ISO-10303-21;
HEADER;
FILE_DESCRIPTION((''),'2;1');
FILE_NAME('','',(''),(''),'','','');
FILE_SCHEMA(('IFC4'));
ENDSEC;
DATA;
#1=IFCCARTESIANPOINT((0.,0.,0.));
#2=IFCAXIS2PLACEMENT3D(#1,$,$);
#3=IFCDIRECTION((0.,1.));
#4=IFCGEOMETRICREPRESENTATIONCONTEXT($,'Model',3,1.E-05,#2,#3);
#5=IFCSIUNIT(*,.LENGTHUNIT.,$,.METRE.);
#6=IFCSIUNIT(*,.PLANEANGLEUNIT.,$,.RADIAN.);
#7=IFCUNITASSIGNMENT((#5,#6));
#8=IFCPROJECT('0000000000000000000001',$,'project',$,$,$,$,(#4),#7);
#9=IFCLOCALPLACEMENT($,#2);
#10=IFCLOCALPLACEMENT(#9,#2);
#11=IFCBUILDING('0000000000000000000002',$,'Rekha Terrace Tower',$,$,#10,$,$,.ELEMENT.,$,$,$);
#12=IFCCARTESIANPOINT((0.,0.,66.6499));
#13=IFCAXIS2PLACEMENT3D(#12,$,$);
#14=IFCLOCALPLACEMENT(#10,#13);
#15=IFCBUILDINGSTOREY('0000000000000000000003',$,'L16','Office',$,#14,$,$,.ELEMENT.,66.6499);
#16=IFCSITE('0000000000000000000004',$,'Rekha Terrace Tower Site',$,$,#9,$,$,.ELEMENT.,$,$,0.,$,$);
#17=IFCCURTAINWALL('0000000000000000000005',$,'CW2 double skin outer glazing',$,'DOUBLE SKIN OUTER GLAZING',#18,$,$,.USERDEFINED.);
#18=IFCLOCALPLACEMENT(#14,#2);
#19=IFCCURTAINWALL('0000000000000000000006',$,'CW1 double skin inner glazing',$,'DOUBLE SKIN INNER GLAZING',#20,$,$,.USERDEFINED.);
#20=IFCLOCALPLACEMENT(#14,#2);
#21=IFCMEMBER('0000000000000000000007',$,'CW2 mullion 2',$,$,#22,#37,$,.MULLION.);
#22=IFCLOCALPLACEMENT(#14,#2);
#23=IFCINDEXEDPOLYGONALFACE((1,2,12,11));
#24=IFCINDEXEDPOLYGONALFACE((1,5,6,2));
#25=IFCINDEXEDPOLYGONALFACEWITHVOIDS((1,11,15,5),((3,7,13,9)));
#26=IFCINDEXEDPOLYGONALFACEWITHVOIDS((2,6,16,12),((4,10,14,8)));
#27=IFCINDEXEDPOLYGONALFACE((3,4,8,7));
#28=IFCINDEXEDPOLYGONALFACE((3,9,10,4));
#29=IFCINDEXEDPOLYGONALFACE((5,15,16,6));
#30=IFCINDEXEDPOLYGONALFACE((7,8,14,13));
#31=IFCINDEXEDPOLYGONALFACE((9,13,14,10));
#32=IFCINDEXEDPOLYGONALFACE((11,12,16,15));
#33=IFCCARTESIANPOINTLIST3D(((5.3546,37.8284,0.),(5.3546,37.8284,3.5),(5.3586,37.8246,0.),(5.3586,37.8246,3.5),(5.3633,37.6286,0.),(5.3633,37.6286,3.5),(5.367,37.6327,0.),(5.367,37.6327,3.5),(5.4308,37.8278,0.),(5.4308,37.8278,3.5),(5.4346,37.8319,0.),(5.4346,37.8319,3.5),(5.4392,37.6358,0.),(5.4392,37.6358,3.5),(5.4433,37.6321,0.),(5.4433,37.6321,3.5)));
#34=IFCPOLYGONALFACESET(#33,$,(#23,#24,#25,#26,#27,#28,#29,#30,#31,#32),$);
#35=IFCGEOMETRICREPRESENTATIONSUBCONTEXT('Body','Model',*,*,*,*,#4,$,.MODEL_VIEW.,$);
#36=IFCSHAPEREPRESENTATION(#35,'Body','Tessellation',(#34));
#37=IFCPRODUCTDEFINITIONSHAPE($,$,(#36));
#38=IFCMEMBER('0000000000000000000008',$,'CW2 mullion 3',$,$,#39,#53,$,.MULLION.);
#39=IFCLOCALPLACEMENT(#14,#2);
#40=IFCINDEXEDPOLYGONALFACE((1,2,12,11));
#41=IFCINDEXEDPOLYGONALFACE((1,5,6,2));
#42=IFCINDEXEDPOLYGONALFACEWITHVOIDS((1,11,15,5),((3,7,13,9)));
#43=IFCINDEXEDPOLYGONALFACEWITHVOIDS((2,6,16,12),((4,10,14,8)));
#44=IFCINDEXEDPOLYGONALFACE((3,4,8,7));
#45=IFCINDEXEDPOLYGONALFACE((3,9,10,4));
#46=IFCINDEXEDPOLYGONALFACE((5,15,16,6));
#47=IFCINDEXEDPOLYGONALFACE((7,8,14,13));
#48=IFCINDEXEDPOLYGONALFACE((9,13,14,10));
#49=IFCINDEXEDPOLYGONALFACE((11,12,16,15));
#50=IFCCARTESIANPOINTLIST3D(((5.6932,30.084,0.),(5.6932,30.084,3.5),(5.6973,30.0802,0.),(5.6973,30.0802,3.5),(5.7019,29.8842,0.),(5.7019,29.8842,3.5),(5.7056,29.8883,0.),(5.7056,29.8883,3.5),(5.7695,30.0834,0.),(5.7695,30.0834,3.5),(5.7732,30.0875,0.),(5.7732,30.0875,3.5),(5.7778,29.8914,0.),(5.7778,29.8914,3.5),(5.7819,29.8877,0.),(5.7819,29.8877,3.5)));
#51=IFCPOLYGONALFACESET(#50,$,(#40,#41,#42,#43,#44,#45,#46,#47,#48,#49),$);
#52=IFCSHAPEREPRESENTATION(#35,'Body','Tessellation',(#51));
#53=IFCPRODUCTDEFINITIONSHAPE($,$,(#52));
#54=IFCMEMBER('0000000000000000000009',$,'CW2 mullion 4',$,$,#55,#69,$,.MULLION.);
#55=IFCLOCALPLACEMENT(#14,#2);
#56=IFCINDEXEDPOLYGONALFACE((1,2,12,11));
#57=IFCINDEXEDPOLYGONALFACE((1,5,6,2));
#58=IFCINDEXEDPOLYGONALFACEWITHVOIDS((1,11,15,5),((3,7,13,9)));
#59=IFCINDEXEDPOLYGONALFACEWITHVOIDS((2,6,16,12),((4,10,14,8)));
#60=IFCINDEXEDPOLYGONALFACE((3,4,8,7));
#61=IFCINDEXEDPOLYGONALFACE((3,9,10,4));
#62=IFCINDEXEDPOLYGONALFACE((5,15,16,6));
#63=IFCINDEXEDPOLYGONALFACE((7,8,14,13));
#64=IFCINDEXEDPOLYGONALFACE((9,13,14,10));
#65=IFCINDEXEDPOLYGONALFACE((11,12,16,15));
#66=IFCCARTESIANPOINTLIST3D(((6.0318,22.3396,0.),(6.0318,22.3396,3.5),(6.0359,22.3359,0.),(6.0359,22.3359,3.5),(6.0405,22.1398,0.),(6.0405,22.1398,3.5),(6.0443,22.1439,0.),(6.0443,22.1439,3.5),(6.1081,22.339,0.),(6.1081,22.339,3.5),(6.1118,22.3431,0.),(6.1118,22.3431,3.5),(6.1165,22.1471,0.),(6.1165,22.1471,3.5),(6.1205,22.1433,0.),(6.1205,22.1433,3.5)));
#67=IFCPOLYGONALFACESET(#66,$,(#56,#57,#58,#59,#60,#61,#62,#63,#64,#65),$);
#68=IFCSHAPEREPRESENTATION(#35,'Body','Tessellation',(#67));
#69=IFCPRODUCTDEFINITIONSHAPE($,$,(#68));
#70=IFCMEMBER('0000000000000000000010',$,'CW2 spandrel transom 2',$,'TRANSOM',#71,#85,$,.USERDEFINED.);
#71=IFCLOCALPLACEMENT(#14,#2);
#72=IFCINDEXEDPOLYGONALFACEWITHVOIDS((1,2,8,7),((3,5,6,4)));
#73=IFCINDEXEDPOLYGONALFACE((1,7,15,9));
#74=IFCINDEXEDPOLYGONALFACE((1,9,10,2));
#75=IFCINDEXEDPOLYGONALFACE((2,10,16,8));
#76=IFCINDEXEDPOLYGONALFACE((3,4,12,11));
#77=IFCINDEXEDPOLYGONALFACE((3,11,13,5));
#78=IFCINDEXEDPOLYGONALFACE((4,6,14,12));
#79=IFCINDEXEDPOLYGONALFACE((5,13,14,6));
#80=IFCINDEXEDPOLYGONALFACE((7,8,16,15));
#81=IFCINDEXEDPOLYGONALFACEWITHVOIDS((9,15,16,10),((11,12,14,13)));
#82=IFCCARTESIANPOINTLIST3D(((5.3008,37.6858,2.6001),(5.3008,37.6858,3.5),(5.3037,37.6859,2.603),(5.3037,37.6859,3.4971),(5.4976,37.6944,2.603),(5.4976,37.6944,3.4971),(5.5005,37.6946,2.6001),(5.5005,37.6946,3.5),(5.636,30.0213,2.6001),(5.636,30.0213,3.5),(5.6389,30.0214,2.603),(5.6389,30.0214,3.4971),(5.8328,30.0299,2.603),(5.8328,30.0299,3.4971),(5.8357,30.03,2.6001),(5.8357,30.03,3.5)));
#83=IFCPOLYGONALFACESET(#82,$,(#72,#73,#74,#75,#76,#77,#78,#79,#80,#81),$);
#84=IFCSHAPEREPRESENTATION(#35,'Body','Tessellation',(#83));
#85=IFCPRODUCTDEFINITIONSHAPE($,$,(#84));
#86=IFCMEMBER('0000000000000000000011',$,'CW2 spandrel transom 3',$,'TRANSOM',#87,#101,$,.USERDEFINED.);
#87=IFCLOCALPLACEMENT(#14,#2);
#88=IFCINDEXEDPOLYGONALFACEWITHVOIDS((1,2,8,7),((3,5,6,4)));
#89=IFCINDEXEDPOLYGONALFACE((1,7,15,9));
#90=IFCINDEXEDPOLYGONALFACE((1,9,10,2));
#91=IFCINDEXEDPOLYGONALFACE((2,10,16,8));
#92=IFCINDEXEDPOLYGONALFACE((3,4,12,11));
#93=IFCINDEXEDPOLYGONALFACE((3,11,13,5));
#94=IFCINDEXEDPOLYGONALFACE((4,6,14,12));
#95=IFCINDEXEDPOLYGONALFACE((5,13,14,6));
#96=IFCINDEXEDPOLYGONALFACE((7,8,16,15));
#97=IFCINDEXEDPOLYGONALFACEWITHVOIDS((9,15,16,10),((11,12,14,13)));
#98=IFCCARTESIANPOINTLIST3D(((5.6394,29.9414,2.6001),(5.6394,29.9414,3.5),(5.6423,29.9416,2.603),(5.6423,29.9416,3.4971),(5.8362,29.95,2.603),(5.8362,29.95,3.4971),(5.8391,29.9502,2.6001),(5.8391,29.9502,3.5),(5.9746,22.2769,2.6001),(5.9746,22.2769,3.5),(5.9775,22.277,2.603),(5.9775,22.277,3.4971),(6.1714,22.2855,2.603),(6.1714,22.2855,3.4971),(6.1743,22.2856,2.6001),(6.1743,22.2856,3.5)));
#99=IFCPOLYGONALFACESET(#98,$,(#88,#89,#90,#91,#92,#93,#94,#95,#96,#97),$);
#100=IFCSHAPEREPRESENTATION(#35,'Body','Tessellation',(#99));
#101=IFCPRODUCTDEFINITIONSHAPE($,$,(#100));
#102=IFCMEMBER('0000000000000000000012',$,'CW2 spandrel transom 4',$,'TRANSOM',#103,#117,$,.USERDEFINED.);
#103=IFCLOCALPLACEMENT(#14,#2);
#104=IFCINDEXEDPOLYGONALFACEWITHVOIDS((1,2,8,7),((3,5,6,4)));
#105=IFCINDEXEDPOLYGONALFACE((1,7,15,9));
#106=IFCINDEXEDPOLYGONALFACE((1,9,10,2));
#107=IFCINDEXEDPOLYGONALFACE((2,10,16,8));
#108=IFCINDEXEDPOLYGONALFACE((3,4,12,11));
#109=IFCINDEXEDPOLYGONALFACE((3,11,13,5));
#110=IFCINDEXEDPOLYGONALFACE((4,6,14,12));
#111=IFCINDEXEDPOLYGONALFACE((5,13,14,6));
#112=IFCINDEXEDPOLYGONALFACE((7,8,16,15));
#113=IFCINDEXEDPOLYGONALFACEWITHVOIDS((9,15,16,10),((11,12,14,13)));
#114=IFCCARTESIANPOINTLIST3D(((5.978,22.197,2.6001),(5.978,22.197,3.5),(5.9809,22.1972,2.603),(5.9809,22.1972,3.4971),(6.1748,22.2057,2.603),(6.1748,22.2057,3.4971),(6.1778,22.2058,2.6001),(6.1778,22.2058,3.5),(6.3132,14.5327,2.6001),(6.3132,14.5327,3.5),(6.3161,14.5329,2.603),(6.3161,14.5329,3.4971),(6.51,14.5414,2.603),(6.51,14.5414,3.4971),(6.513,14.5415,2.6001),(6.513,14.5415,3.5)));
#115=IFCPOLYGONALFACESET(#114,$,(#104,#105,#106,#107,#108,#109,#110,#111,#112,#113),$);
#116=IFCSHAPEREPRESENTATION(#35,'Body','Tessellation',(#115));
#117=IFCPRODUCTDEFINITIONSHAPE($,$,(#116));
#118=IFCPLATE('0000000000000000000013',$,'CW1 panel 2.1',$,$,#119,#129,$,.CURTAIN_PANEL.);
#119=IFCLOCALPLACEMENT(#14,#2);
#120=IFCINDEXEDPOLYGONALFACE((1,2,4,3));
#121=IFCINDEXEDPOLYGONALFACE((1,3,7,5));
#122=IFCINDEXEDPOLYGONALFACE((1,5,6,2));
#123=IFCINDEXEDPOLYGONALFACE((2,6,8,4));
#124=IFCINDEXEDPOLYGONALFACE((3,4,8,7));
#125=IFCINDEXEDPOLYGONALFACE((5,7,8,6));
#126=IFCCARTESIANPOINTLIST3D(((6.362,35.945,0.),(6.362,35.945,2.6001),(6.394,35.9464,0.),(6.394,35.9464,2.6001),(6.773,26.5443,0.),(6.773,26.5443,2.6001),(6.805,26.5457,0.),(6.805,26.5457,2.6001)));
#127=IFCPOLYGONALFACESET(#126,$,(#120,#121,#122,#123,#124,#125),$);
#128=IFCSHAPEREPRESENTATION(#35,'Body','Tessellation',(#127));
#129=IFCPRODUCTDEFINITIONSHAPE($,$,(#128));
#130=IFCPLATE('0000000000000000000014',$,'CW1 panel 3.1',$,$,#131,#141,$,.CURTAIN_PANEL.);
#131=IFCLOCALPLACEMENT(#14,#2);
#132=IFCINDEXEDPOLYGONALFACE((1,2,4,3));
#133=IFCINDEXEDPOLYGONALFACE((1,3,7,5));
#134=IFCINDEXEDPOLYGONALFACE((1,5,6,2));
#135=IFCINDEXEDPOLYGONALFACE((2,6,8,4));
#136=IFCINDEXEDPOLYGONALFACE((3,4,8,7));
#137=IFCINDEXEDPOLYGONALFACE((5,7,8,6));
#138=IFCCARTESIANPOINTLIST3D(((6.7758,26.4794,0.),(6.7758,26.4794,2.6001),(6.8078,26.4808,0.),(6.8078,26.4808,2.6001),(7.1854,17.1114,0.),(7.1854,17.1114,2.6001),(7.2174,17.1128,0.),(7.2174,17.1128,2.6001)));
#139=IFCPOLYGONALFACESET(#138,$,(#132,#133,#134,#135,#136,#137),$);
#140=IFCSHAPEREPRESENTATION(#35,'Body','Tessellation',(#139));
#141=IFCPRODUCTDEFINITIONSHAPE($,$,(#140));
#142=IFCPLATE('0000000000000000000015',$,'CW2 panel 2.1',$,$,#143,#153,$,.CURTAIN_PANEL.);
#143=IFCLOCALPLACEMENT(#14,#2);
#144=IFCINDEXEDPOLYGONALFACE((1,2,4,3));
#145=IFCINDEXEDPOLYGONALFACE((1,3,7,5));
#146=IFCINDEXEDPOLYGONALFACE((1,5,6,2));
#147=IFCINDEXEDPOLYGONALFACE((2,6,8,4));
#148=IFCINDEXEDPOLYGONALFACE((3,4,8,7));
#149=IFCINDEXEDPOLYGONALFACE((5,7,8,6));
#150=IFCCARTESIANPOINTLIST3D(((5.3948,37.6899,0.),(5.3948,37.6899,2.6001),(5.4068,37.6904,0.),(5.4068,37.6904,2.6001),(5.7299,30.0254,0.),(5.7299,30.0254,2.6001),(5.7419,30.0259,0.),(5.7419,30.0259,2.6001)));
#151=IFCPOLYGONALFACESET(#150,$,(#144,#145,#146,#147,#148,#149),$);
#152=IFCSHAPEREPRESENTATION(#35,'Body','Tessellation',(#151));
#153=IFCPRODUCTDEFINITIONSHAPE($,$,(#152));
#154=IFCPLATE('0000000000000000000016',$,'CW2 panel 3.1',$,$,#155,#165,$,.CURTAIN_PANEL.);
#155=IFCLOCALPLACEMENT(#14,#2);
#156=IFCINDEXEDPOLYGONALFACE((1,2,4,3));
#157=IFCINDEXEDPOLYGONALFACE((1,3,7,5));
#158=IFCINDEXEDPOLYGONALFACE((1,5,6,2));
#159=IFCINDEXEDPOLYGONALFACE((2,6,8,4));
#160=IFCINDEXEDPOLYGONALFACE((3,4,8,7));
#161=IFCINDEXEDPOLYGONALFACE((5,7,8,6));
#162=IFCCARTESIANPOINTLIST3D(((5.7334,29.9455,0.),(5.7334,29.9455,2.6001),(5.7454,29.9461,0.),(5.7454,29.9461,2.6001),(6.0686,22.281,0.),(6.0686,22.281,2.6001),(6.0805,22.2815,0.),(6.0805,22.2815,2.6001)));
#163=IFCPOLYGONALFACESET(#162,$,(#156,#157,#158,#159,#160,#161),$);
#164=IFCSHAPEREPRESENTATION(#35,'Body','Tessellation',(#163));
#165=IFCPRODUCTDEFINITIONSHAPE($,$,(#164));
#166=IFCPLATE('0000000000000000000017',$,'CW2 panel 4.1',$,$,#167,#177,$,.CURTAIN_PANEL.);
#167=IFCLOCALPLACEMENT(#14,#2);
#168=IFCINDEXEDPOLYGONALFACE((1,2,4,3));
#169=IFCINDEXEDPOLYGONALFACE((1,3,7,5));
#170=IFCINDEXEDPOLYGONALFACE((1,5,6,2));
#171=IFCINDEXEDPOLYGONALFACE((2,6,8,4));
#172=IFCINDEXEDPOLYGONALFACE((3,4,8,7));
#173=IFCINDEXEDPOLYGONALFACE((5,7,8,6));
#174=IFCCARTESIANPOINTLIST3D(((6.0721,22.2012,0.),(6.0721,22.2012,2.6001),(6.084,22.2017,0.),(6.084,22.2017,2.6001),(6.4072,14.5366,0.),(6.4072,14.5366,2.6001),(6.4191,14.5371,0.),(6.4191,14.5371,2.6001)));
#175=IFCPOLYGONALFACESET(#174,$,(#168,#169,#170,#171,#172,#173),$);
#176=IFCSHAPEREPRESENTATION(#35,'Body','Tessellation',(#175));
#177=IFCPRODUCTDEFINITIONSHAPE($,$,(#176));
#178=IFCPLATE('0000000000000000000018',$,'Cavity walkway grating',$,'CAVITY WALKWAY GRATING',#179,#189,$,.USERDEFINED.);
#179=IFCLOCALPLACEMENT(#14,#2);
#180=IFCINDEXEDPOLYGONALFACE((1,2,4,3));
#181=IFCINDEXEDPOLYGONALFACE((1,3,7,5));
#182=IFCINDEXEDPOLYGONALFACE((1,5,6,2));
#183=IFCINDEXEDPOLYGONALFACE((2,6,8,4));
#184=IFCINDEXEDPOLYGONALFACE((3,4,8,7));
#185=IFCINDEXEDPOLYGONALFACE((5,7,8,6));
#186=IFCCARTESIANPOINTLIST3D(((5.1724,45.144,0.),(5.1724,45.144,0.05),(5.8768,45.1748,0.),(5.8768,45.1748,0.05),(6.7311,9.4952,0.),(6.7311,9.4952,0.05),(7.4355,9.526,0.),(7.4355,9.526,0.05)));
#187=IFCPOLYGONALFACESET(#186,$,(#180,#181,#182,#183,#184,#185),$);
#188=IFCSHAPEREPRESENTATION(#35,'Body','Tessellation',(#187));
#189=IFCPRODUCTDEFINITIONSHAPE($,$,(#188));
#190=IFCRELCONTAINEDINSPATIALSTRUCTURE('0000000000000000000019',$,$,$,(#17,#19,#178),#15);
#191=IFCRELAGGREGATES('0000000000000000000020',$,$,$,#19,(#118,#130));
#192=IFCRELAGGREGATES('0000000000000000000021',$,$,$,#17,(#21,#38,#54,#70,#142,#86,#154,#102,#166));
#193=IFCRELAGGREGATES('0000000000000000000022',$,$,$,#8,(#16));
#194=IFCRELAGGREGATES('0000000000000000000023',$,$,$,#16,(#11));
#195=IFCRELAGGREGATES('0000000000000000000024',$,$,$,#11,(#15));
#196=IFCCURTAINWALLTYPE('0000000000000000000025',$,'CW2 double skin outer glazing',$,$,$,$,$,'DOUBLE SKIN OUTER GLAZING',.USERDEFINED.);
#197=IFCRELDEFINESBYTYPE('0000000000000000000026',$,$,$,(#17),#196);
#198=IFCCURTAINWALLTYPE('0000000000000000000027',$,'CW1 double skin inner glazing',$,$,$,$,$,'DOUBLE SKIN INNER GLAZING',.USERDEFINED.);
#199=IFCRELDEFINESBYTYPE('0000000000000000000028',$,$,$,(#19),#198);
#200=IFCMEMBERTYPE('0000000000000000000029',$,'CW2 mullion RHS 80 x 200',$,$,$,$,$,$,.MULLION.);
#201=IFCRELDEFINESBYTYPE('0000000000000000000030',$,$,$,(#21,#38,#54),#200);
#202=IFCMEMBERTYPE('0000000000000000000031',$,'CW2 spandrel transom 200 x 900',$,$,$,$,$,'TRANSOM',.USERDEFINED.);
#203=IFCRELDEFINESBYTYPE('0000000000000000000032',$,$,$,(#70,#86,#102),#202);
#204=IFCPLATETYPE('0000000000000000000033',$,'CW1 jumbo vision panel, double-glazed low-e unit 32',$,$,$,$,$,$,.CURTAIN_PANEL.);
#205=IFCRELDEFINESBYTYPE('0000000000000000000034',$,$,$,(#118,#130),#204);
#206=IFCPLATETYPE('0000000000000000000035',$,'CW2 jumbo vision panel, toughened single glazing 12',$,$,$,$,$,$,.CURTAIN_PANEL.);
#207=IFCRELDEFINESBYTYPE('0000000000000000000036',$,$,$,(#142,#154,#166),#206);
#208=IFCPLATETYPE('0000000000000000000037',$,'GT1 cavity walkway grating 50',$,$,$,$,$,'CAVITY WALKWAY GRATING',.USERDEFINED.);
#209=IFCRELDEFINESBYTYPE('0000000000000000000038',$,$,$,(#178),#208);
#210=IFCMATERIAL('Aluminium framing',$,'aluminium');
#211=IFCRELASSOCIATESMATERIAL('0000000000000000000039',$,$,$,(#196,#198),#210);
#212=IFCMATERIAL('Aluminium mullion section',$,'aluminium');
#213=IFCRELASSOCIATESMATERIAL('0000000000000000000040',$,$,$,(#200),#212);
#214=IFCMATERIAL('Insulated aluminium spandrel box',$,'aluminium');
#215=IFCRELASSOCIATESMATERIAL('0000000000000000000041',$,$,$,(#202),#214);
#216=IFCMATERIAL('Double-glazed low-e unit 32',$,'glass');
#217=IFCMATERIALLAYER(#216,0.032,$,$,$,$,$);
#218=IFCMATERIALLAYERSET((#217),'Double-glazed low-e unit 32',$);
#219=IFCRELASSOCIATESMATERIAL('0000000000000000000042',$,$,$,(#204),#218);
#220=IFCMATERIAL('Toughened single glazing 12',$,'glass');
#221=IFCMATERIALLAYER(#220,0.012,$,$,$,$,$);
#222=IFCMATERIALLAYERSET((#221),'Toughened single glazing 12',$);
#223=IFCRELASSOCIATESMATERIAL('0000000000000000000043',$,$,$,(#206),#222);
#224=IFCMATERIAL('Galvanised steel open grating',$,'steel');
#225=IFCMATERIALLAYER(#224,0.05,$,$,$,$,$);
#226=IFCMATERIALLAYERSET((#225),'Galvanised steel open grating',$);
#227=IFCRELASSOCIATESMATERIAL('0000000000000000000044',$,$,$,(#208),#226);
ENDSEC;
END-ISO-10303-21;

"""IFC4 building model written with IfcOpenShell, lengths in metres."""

from ifc_helpers import new_model, si_unit, direction, frame, origin, origin_2d, place, context, subcontext, project, spatial, rectangle, hollow_rectangle, extrude, material, layer, layer_set, material_profile, profile_set, type_object, element, aggregate, save


model = new_model("IFC4")

# Units and contexts
model_context = context("Model", 3, precision=1e-05, world=origin(), true_north=direction((0.0, 1.0)))
body_context = subcontext(model_context, "Body", "Model", "MODEL_VIEW")
ifc_project = project(units=[si_unit("LENGTHUNIT", "METRE"), si_unit("PLANEANGLEUNIT", "RADIAN")], contexts=[model_context])

# Site, building, storey
site_placement = place(None, origin())
site = spatial("IfcSite", under=ifc_project, at=site_placement, Name="Rekha Terrace Tower Site", CompositionType="ELEMENT", RefElevation=0.0)
building_placement = place(site_placement, origin())
building = spatial("IfcBuilding", under=site, at=building_placement, Name="Rekha Terrace Tower", CompositionType="ELEMENT")
storey_placement = place(building_placement, frame((0.0, 0.0, 66.6499)))
storey = spatial("IfcBuildingStorey", under=building, at=storey_placement, Name="L16", Description="Office", CompositionType="ELEMENT", Elevation=66.6499)

# Curtain walls
ifc_material_1 = material(Name="Aluminium framing", Category="aluminium")
curtain_wall_type_1 = type_object("IfcCurtainWallType", Name="CW2 double skin outer glazing", ElementType="DOUBLE SKIN OUTER GLAZING", PredefinedType="USERDEFINED", material=ifc_material_1)
curtain_wall_1_placement = place(storey_placement, origin())
curtain_wall_1 = element("IfcCurtainWall", 1, at=curtain_wall_1_placement, inside=storey, type_object=curtain_wall_type_1, Name="CW2 double skin outer glazing", ObjectType="DOUBLE SKIN OUTER GLAZING", PredefinedType="USERDEFINED")
curtain_wall_type_2 = type_object("IfcCurtainWallType", Name="CW1 double skin inner glazing", ElementType="DOUBLE SKIN INNER GLAZING", PredefinedType="USERDEFINED", material=ifc_material_1)
curtain_wall_2_placement = place(storey_placement, origin())
curtain_wall_2 = element("IfcCurtainWall", 2, at=curtain_wall_2_placement, inside=storey, type_object=curtain_wall_type_2, Name="CW1 double skin inner glazing", ObjectType="DOUBLE SKIN INNER GLAZING", PredefinedType="USERDEFINED")
ifc_material_2 = material(Name="Aluminium mullion section", Category="aluminium")
ifc_material_3 = material(Name="Insulated aluminium spandrel box", Category="aluminium")

# Members
ifc_material_profile_1 = material_profile(ifc_material_2, hollow_rectangle(XDim=0.0801, YDim=0.2, WallThickness=0.0039, at=origin_2d()), Name="AL RHS 80x200")
ifc_profile_set_1 = profile_set([ifc_material_profile_1], Name="Aluminium mullion section")
member_type_1 = type_object("IfcMemberType", Name="CW2 mullion RHS 80 x 200", PredefinedType="MULLION", material=ifc_profile_set_1)
member_1_placement = place(storey_placement, frame((5.3989, 37.7302, 0.0), z_axis=(0.0, 0.0, 1.0), x_axis=(0.999045, 0.043683, 0.0)))
member_1 = element("IfcMember", 3, at=member_1_placement, type_object=member_type_1, Name="CW2 mullion 2", PredefinedType="MULLION", context=body_context, shape_type="SweptSolid", body=[
    extrude(hollow_rectangle(XDim=0.0801, YDim=0.2, WallThickness=0.0039, at=origin_2d()), origin(), (0.0, 0.0, 1.0), 3.5),
])
member_2_placement = place(storey_placement, frame((5.7375, 29.9858, 0.0), z_axis=(0.0, 0.0, 1.0), x_axis=(0.999045, 0.043683, 0.0)))
member_2 = element("IfcMember", 4, at=member_2_placement, type_object=member_type_1, Name="CW2 mullion 3", PredefinedType="MULLION", context=body_context, shape_type="SweptSolid", body=[
    extrude(hollow_rectangle(XDim=0.0801, YDim=0.2, WallThickness=0.0039, at=origin_2d()), origin(), (0.0, 0.0, 1.0), 3.5),
])
member_3_placement = place(storey_placement, frame((6.0762, 22.2415, 0.0), z_axis=(0.0, 0.0, 1.0), x_axis=(0.999045, 0.043683, 0.0)))
member_3 = element("IfcMember", 5, at=member_3_placement, type_object=member_type_1, Name="CW2 mullion 4", PredefinedType="MULLION", context=body_context, shape_type="SweptSolid", body=[
    extrude(hollow_rectangle(XDim=0.0801, YDim=0.2, WallThickness=0.0039, at=origin_2d()), origin(), (0.0, 0.0, 1.0), 3.5),
])
ifc_material_profile_2 = material_profile(ifc_material_3, hollow_rectangle(XDim=0.2, YDim=0.8999, WallThickness=0.0029, at=origin_2d()), Name="AL SPANDREL BOX 200x900")
ifc_profile_set_2 = profile_set([ifc_material_profile_2], Name="Insulated aluminium spandrel box")
member_type_2 = type_object("IfcMemberType", Name="CW2 spandrel transom 200 x 900", ElementType="TRANSOM", PredefinedType="USERDEFINED", material=ifc_profile_set_2)
member_4_placement = place(storey_placement, frame((5.4006, 37.6902, 3.05), z_axis=(0.043693, -0.999045, 0.0), x_axis=(0.999045, 0.043693, 0.0)))
member_4 = element("IfcMember", 6, at=member_4_placement, type_object=member_type_2, Name="CW2 spandrel transom 2", ObjectType="TRANSOM", PredefinedType="USERDEFINED", context=body_context, shape_type="SweptSolid", body=[
    extrude(hollow_rectangle(XDim=0.2, YDim=0.8999, WallThickness=0.0029, at=origin_2d()), origin(), (0.0, 0.0, 1.0), 7.6719),
])
member_5_placement = place(storey_placement, frame((5.7393, 29.9458, 3.05), z_axis=(0.043693, -0.999045, 0.0), x_axis=(0.999045, 0.043693, 0.0)))
member_5 = element("IfcMember", 7, at=member_5_placement, type_object=member_type_2, Name="CW2 spandrel transom 3", ObjectType="TRANSOM", PredefinedType="USERDEFINED", context=body_context, shape_type="SweptSolid", body=[
    extrude(hollow_rectangle(XDim=0.2, YDim=0.8999, WallThickness=0.0029, at=origin_2d()), origin(), (0.0, 0.0, 1.0), 7.6719),
])
member_6_placement = place(storey_placement, frame((6.0779, 22.2014, 3.05), z_axis=(0.043694, -0.999045, 0.0), x_axis=(0.999045, 0.043694, 0.0)))
member_6 = element("IfcMember", 8, at=member_6_placement, type_object=member_type_2, Name="CW2 spandrel transom 4", ObjectType="TRANSOM", PredefinedType="USERDEFINED", context=body_context, shape_type="SweptSolid", body=[
    extrude(hollow_rectangle(XDim=0.2, YDim=0.8999, WallThickness=0.0029, at=origin_2d()), origin(), (0.0, 0.0, 1.0), 7.6716),
])

# Plates
ifc_material_4 = material(Name="Double-glazed low-e unit 32", Category="glass")
ifc_layer_1 = layer(ifc_material_4, 0.032)
ifc_layer_set_1 = layer_set([ifc_layer_1], Name="Double-glazed low-e unit 32")
plate_type_1 = type_object("IfcPlateType", Name="CW1 jumbo vision panel, double-glazed low-e unit 32", PredefinedType="CURTAIN_PANEL", material=ifc_layer_set_1)
plate_1_placement = place(storey_placement, frame((6.5835, 31.2454, 0.0), z_axis=(0.0, 0.0, 1.0), x_axis=(0.043683, -0.999045, 0.0)))
plate_1 = element("IfcPlate", 9, at=plate_1_placement, type_object=plate_type_1, Name="CW1 panel 2.1", PredefinedType="CURTAIN_PANEL", context=body_context, shape_type="SweptSolid", body=[
    extrude(rectangle(XDim=9.4097, YDim=0.032, at=origin_2d()), origin(), (0.0, 0.0, 1.0), 2.6001),
])
plate_2_placement = place(storey_placement, frame((6.9966, 21.7961, 0.0), z_axis=(0.0, 0.0, 1.0), x_axis=(0.043683, -0.999045, 0.0)))
plate_2 = element("IfcPlate", 10, at=plate_2_placement, type_object=plate_type_1, Name="CW1 panel 3.1", PredefinedType="CURTAIN_PANEL", context=body_context, shape_type="SweptSolid", body=[
    extrude(rectangle(XDim=9.377, YDim=0.032, at=origin_2d()), origin(), (0.0, 0.0, 1.0), 2.6001),
])
aggregate(curtain_wall_2, [plate_1, plate_2])
ifc_material_5 = material(Name="Toughened single glazing 12", Category="glass")
ifc_layer_2 = layer(ifc_material_5, 0.012)
ifc_layer_set_2 = layer_set([ifc_layer_2], Name="Toughened single glazing 12")
plate_type_2 = type_object("IfcPlateType", Name="CW2 jumbo vision panel, toughened single glazing 12", PredefinedType="CURTAIN_PANEL", material=ifc_layer_set_2)
plate_3_placement = place(storey_placement, frame((5.5684, 33.8579, 0.0), z_axis=(0.0, 0.0, 1.0), x_axis=(0.043683, -0.999045, 0.0)))
plate_3 = element("IfcPlate", 11, at=plate_3_placement, type_object=plate_type_2, Name="CW2 panel 2.1", PredefinedType="CURTAIN_PANEL", context=body_context, shape_type="SweptSolid", body=[
    extrude(rectangle(XDim=7.6719, YDim=0.012, at=origin_2d()), origin(), (0.0, 0.0, 1.0), 2.6001),
])
plate_4_placement = place(storey_placement, frame((5.907, 26.1135, 0.0), z_axis=(0.0, 0.0, 1.0), x_axis=(0.043683, -0.999045, 0.0)))
plate_4 = element("IfcPlate", 12, at=plate_4_placement, type_object=plate_type_2, Name="CW2 panel 3.1", PredefinedType="CURTAIN_PANEL", context=body_context, shape_type="SweptSolid", body=[
    extrude(rectangle(XDim=7.6719, YDim=0.012, at=origin_2d()), origin(), (0.0, 0.0, 1.0), 2.6001),
])
plate_5_placement = place(storey_placement, frame((6.2456, 18.3691, 0.0), z_axis=(0.0, 0.0, 1.0), x_axis=(0.043683, -0.999045, 0.0)))
plate_5 = element("IfcPlate", 13, at=plate_5_placement, type_object=plate_type_2, Name="CW2 panel 4.1", PredefinedType="CURTAIN_PANEL", context=body_context, shape_type="SweptSolid", body=[
    extrude(rectangle(XDim=7.6719, YDim=0.012, at=origin_2d()), origin(), (0.0, 0.0, 1.0), 2.6001),
])
aggregate(curtain_wall_1, [member_1, member_2, member_3, member_4, plate_3, member_5, plate_4, member_6, plate_5])
ifc_material_6 = material(Name="Galvanised steel open grating", Category="steel")
ifc_layer_3 = layer(ifc_material_6, 0.05)
ifc_layer_set_3 = layer_set([ifc_layer_3], Name="Galvanised steel open grating")
plate_type_3 = type_object("IfcPlateType", Name="GT1 cavity walkway grating 50", ElementType="CAVITY WALKWAY GRATING", PredefinedType="USERDEFINED", material=ifc_layer_set_3)
plate_6_placement = place(storey_placement, frame((6.304, 27.335, 0.0), z_axis=(0.0, 0.0, 1.0), x_axis=(0.043683, -0.999045, 0.0)))
element("IfcPlate", 14, at=plate_6_placement, inside=storey, type_object=plate_type_3, Name="Cavity walkway grating", ObjectType="CAVITY WALKWAY GRATING", PredefinedType="USERDEFINED", context=body_context, shape_type="SweptSolid", body=[
    extrude(rectangle(XDim=35.6829, YDim=0.7051, at=origin_2d()), origin(), (0.0, 0.0, 1.0), 0.05),
])

save(model, "model.ifc")
